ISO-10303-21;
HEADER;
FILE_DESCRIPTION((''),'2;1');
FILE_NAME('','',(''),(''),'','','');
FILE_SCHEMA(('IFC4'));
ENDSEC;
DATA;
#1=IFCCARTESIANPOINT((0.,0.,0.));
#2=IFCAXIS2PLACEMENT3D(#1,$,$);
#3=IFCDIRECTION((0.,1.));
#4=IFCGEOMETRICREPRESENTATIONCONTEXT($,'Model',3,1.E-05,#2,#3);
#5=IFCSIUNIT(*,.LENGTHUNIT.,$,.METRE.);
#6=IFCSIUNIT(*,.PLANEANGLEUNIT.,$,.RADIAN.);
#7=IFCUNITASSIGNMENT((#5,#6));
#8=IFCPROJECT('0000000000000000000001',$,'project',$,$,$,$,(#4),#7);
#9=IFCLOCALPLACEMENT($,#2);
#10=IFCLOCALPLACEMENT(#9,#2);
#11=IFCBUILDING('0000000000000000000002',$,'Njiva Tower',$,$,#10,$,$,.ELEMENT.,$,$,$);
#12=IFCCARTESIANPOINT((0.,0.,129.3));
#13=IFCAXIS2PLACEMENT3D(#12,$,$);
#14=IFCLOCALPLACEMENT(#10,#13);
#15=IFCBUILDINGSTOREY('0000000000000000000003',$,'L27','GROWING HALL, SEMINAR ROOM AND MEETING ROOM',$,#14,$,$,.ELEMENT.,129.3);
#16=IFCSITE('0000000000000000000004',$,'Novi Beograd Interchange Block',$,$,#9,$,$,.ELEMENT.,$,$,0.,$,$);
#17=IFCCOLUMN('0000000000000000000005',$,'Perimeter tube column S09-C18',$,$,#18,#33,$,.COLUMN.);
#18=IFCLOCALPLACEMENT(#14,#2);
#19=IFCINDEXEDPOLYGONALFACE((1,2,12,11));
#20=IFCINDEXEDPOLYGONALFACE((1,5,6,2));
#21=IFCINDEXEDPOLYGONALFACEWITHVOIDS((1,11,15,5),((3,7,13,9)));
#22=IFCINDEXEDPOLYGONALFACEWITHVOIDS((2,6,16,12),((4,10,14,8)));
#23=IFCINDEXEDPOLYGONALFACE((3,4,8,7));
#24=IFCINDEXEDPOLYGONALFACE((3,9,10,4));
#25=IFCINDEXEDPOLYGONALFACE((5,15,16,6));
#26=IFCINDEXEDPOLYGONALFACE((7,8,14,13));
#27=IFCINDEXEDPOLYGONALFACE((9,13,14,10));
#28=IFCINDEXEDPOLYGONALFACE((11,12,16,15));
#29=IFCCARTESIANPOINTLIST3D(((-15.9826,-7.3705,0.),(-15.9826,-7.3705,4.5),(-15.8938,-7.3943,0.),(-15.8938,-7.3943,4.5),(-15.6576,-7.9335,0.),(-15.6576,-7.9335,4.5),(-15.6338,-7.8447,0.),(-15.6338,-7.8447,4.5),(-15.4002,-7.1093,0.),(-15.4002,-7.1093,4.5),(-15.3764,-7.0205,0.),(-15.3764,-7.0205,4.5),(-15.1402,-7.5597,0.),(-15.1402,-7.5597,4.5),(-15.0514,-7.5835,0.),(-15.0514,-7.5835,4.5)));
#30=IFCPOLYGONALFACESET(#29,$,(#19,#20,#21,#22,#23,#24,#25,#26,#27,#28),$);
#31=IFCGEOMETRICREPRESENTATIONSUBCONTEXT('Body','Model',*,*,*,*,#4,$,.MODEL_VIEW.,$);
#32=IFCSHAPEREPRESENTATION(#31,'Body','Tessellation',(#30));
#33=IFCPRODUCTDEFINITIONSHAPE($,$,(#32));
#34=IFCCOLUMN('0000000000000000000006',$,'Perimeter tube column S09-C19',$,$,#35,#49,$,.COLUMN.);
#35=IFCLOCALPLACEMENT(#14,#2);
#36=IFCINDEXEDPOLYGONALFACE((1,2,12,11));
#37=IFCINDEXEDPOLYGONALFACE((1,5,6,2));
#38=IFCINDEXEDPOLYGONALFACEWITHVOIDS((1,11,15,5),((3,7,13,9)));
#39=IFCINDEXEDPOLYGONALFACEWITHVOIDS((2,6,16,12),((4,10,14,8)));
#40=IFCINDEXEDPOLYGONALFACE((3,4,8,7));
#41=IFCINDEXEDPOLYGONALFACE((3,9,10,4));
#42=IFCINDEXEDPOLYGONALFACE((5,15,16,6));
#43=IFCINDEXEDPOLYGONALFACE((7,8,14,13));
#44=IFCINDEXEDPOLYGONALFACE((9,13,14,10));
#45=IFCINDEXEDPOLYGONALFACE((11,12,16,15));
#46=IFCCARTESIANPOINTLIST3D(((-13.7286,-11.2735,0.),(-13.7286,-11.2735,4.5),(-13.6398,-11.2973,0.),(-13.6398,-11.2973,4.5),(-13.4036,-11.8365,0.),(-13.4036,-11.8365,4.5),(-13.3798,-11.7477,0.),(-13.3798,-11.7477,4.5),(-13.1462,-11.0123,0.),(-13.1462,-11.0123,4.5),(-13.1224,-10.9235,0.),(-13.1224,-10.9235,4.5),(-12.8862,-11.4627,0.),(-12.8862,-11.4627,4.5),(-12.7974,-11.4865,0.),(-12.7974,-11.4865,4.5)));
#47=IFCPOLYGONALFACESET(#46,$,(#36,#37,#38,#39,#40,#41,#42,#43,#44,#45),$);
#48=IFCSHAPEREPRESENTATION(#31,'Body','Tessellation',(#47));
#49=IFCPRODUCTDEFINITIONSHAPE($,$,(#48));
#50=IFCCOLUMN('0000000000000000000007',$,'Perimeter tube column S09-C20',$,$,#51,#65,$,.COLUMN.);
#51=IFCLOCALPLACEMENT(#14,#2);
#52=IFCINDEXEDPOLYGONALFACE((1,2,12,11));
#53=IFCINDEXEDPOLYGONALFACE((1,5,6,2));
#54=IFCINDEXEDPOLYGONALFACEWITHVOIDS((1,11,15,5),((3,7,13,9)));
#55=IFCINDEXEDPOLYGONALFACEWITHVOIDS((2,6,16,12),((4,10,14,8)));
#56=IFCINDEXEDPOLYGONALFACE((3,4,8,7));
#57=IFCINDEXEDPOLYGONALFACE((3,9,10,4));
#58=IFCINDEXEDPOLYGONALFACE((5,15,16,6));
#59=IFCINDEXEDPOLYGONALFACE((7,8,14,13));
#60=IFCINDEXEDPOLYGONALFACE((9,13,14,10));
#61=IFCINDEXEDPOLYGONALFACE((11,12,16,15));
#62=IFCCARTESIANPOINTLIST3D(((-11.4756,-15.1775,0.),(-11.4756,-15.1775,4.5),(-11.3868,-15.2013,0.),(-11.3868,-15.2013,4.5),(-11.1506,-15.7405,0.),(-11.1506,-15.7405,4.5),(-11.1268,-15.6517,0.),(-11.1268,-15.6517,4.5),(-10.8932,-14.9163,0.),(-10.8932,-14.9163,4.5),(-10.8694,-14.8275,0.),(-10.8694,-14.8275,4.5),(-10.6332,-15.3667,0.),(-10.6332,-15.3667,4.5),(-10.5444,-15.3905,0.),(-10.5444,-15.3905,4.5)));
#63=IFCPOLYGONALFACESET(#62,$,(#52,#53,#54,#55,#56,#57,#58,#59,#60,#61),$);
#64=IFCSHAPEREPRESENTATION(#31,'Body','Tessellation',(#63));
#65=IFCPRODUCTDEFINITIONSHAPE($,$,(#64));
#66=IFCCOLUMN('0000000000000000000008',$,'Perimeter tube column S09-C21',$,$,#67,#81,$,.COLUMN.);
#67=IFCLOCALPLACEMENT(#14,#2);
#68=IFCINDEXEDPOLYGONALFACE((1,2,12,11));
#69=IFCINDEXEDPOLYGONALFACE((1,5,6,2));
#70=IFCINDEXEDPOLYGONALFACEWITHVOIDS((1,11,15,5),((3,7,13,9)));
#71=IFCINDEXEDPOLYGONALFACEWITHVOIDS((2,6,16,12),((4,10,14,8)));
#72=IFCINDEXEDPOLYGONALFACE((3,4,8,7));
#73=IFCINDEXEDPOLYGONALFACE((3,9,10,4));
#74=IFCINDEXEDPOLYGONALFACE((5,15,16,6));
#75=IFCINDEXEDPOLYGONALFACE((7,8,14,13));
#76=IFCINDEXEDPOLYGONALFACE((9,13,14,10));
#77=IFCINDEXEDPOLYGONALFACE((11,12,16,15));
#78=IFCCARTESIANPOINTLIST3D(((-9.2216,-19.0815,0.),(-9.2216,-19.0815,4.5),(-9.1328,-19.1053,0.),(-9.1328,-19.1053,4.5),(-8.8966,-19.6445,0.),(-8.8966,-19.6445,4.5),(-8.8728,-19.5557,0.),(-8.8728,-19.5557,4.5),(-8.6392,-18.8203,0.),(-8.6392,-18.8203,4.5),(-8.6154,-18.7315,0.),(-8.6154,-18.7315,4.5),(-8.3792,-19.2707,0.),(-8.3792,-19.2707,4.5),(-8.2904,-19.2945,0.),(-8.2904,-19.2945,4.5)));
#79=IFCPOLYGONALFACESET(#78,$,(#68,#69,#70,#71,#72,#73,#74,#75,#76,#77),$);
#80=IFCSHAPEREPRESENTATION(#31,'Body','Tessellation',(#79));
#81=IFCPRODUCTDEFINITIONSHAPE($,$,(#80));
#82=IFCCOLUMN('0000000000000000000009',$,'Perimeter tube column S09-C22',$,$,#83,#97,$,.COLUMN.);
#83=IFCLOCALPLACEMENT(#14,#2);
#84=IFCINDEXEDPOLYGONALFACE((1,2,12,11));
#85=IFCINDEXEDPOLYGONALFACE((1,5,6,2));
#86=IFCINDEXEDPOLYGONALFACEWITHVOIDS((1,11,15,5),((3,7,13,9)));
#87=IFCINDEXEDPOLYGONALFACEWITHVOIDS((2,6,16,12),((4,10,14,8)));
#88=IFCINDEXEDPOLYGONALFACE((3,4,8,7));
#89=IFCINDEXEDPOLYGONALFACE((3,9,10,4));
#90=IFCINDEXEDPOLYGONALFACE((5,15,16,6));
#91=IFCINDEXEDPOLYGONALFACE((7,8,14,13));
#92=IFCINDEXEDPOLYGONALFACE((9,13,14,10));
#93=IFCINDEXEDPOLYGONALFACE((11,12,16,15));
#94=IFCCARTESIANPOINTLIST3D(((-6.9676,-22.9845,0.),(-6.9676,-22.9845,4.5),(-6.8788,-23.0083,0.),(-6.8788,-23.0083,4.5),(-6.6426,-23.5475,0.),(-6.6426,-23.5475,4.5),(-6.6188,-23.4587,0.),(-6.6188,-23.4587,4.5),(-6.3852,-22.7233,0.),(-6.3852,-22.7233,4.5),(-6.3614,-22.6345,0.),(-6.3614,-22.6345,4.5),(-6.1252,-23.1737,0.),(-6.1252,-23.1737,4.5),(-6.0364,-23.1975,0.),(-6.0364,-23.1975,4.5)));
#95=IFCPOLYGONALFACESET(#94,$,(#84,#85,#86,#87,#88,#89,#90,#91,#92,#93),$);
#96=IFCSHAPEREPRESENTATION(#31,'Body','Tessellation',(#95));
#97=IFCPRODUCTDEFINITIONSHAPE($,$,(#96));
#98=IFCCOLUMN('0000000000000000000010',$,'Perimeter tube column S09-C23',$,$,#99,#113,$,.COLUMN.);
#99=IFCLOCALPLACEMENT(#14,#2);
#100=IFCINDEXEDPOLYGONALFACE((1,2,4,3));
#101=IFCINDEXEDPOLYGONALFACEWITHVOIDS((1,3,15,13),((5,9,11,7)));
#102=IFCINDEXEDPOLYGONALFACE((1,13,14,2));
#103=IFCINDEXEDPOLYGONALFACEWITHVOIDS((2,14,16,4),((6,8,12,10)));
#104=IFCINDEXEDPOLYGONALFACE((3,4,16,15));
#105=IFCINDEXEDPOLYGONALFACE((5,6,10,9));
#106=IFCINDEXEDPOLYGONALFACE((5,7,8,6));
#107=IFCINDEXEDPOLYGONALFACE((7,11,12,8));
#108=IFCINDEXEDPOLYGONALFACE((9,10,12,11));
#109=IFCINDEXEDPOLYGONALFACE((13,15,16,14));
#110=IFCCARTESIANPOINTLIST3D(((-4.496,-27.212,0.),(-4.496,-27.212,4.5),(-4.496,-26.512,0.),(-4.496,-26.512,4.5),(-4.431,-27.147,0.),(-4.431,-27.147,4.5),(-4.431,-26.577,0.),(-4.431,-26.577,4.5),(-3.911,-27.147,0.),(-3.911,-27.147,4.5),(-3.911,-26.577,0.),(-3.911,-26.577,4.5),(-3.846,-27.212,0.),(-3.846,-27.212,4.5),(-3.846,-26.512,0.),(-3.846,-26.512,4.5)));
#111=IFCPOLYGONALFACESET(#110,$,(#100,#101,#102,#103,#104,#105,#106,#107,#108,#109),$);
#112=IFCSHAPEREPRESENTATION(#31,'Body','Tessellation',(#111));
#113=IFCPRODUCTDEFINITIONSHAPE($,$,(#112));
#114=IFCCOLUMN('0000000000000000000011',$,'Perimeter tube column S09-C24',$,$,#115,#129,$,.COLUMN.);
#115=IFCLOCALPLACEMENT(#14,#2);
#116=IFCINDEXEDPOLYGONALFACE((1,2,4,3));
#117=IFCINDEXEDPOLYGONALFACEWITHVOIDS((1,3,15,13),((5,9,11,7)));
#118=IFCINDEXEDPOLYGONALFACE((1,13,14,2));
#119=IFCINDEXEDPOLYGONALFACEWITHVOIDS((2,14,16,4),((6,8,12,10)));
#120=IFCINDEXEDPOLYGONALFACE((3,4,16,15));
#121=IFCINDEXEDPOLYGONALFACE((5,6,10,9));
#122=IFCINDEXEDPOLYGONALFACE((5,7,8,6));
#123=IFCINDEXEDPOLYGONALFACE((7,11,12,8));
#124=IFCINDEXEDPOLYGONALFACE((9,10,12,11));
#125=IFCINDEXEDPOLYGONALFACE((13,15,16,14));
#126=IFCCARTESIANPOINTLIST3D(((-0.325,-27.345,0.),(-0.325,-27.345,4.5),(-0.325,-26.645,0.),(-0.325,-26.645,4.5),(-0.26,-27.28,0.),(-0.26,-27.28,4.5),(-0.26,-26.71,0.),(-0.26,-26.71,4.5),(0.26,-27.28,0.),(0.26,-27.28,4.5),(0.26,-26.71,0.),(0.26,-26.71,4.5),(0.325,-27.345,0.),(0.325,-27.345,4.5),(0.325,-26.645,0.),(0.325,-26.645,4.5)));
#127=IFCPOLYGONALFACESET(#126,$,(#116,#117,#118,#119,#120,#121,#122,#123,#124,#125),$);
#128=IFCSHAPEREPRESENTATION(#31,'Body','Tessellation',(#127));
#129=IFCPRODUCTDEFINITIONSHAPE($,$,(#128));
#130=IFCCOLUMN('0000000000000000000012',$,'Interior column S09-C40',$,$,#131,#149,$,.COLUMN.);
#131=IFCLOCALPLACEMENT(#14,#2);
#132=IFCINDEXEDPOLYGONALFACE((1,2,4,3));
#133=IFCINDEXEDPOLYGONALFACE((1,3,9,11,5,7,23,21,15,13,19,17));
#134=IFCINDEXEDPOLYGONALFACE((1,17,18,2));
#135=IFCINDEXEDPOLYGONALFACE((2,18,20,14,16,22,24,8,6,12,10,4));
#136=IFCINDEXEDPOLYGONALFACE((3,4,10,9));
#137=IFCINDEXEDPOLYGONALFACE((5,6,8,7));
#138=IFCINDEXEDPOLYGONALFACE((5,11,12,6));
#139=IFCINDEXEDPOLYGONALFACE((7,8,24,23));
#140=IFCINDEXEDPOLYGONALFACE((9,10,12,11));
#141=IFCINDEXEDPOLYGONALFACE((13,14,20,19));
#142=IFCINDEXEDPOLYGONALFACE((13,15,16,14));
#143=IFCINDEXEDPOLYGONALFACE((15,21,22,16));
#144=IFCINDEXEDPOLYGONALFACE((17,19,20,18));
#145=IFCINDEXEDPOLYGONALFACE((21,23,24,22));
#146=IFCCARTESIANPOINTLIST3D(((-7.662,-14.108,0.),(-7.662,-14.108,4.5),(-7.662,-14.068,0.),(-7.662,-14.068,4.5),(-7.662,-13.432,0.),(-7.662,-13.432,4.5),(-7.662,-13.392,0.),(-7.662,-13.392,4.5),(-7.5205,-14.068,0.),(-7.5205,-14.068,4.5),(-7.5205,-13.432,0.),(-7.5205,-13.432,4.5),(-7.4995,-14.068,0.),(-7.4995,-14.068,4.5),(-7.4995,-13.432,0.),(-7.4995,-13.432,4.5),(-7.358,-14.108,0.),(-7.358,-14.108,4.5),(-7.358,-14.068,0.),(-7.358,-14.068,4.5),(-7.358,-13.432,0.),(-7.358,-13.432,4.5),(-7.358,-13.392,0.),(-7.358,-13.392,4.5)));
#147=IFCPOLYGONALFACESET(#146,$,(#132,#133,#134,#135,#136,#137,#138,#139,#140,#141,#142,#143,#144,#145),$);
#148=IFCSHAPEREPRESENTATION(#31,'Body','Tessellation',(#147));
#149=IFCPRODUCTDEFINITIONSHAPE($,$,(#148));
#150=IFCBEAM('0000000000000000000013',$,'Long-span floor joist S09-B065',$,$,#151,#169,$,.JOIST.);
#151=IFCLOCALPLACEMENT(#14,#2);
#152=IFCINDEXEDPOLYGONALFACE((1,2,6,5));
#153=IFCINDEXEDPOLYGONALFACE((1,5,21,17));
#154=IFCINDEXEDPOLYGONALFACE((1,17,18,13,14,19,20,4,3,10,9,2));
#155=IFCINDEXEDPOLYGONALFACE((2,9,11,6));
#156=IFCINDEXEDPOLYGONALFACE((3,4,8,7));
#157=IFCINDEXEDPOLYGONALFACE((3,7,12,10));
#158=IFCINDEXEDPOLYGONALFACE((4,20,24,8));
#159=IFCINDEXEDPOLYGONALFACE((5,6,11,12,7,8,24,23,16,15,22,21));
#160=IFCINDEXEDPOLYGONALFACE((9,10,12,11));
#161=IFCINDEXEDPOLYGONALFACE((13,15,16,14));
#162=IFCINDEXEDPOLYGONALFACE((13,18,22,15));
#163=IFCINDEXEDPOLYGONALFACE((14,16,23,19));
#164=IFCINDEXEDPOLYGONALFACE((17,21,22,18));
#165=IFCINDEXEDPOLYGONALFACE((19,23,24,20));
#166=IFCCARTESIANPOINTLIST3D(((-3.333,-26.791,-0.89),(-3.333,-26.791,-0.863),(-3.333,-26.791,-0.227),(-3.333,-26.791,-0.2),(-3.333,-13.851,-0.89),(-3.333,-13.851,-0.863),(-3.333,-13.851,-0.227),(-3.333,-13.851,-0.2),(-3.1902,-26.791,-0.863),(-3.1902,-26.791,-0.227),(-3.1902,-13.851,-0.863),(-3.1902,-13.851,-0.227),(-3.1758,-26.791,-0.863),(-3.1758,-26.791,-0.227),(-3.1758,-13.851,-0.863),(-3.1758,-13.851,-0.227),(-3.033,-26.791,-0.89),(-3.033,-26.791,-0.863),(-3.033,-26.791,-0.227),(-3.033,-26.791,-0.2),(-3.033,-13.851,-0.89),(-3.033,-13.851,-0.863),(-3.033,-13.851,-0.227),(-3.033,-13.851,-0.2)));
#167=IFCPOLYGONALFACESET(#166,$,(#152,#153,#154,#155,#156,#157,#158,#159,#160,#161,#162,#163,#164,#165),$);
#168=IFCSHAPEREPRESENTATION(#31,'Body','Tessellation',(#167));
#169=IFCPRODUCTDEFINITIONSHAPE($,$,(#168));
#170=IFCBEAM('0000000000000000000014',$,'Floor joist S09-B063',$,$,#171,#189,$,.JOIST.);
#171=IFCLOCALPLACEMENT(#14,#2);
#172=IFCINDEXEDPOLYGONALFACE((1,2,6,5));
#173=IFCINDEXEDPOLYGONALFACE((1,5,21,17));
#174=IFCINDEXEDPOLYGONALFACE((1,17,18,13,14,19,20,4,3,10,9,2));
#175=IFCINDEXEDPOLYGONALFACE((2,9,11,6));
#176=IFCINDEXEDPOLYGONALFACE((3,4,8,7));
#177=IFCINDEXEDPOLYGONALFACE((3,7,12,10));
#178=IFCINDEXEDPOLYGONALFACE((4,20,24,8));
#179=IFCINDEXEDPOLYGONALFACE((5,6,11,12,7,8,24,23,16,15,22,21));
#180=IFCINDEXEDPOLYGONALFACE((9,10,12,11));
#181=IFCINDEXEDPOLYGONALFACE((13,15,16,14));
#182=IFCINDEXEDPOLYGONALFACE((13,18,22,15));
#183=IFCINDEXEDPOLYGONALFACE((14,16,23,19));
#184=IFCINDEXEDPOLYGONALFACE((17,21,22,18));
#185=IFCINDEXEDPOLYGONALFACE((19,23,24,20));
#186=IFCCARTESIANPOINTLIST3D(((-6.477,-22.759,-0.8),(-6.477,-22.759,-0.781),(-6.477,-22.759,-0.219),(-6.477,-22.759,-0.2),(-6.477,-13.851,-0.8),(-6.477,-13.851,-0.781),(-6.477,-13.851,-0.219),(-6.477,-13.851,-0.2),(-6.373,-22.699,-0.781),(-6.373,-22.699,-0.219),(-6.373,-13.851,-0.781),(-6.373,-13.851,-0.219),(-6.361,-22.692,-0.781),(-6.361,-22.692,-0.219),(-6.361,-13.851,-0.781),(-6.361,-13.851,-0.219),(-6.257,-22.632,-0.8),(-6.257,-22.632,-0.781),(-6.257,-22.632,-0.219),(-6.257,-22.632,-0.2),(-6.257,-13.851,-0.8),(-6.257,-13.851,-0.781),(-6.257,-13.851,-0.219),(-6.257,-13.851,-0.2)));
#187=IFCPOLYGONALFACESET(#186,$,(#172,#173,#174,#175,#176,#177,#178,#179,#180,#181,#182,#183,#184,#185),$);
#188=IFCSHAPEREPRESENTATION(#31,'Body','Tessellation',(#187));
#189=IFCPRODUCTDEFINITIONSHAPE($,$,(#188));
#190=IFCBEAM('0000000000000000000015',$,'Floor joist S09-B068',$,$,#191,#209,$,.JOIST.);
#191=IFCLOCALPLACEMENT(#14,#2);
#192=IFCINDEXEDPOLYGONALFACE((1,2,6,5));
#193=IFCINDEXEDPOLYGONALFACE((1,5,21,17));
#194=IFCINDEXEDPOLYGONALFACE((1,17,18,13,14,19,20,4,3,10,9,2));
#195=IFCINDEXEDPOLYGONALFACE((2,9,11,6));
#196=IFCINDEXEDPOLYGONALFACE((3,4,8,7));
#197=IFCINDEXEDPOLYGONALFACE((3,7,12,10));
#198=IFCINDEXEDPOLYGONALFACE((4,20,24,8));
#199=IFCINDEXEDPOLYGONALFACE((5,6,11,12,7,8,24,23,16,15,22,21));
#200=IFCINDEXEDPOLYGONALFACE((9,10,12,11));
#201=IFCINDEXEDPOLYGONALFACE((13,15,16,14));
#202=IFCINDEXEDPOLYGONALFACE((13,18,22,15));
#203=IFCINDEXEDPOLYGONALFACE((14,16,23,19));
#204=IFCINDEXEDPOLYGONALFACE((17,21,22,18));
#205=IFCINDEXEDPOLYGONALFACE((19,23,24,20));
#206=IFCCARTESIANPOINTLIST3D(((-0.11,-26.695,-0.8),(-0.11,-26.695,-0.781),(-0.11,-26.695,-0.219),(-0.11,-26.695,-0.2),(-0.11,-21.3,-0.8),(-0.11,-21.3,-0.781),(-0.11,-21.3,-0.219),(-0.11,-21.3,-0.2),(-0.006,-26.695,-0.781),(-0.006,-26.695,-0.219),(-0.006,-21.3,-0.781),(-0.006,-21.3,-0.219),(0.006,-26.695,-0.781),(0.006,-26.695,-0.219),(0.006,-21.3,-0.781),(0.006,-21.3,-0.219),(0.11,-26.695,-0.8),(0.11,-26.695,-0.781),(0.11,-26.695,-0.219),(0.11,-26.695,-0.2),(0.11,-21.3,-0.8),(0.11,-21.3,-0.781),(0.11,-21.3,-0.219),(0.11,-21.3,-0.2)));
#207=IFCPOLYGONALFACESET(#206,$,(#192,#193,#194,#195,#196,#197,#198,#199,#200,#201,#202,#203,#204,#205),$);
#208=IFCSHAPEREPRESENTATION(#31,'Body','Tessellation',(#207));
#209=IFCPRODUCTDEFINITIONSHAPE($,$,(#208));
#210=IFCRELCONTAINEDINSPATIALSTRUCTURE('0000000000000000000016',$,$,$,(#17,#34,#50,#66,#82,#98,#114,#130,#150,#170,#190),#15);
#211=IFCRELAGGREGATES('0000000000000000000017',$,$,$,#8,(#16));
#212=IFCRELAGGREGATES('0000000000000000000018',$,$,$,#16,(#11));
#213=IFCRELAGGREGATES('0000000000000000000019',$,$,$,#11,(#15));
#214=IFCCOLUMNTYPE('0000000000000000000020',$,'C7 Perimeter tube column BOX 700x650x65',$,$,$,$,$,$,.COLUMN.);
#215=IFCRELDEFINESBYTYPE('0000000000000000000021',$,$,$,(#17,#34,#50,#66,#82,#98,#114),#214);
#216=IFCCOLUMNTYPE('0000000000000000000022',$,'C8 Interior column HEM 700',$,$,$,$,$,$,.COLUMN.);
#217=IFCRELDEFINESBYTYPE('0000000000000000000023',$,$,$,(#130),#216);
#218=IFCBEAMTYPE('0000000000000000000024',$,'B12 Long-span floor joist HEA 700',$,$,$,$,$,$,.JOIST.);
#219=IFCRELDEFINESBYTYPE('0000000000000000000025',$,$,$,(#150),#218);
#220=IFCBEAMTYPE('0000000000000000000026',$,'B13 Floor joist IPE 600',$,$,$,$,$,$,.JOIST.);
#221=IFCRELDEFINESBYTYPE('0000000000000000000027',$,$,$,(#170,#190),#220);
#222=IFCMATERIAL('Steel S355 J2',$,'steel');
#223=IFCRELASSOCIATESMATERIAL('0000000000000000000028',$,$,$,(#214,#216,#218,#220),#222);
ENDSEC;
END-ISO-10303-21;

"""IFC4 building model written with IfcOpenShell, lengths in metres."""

from ifc_helpers import new_model, si_unit, direction, frame, origin, origin_2d, place, context, subcontext, project, spatial, hollow_rectangle, i_section, extrude, clip, halfspace, material, material_profile, profile_set, type_object, element, save


model = new_model("IFC4")

# Units and contexts
model_context = context("Model", 3, precision=1e-05, world=origin(), true_north=direction((0.0, 1.0)))
body_context = subcontext(model_context, "Body", "Model", "MODEL_VIEW")
ifc_project = project(units=[si_unit("LENGTHUNIT", "METRE"), si_unit("PLANEANGLEUNIT", "RADIAN")], contexts=[model_context])

# Site, building, storey
site_placement = place(None, origin())
site = spatial("IfcSite", under=ifc_project, at=site_placement, Name="Novi Beograd Interchange Block", CompositionType="ELEMENT", RefElevation=0.0)
building_placement = place(site_placement, origin())
building = spatial("IfcBuilding", under=site, at=building_placement, Name="Njiva Tower", CompositionType="ELEMENT")
storey_placement = place(building_placement, frame((0.0, 0.0, 129.3)))
storey = spatial("IfcBuildingStorey", under=building, at=storey_placement, Name="L27", Description="GROWING HALL, SEMINAR ROOM AND MEETING ROOM", CompositionType="ELEMENT", Elevation=129.3)

# Columns
ifc_material_1 = material(Name="Steel S355 J2", Category="steel")
ifc_material_profile_1 = material_profile(ifc_material_1, hollow_rectangle(XDim=0.65, YDim=0.7, WallThickness=0.065, at=origin_2d()), Name="BOX 700x650x65")
ifc_profile_set_1 = profile_set([ifc_material_profile_1], Name="Steel S355 J2")
column_type_1 = type_object("IfcColumnType", Name="C7 Perimeter tube column BOX 700x650x65", PredefinedType="COLUMN", material=ifc_profile_set_1)
for number, where, z_axis, x_axis, name in (
    (1, (-15.517, -7.477, 0.0), (0.0, 0.0, 1.0), (0.5, -0.866025, 0.0), "Perimeter tube column S09-C18"),
    (2, (-13.263, -11.38, 0.0), (0.0, 0.0, 1.0), (0.5, -0.866025, 0.0), "Perimeter tube column S09-C19"),
    (3, (-11.01, -15.284, 0.0), (0.0, 0.0, 1.0), (0.5, -0.866025, 0.0), "Perimeter tube column S09-C20"),
    (4, (-8.756, -19.188, 0.0), (0.0, 0.0, 1.0), (0.5, -0.866025, 0.0), "Perimeter tube column S09-C21"),
    (5, (-6.502, -23.091, 0.0), (0.0, 0.0, 1.0), (0.5, -0.866025, 0.0), "Perimeter tube column S09-C22"),
    (6, (-4.171, -26.862, 0.0), (0.0, 0.0, 1.0), (1.0, 0.0, 0.0), "Perimeter tube column S09-C23"),
    (7, (0.0, -26.995, 0.0), (0.0, 0.0, 1.0), (1.0, 0.0, 0.0), "Perimeter tube column S09-C24"),
):
    element("IfcColumn", number, at=place(storey_placement, frame(where, z_axis=z_axis, x_axis=x_axis)), inside=storey, type_object=column_type_1, Name=name, PredefinedType="COLUMN", context=body_context, shape_type="SweptSolid", body=[
        extrude(hollow_rectangle(XDim=0.65, YDim=0.7, WallThickness=0.065, at=origin_2d()), origin(), (0.0, 0.0, 1.0), 4.5),
    ])
ifc_material_profile_2 = material_profile(ifc_material_1, i_section(OverallWidth=0.304, OverallDepth=0.716, WebThickness=0.021, FlangeThickness=0.04, at=origin_2d()), Name="HEM 700")
ifc_profile_set_2 = profile_set([ifc_material_profile_2], Name="Steel S355 J2")
column_type_2 = type_object("IfcColumnType", Name="C8 Interior column HEM 700", PredefinedType="COLUMN", material=ifc_profile_set_2)
column_placement = place(storey_placement, frame((-7.51, -13.75, 0.0), z_axis=(0.0, 0.0, 1.0), x_axis=(1.0, 0.0, 0.0)))
element("IfcColumn", 8, at=column_placement, inside=storey, type_object=column_type_2, Name="Interior column S09-C40", PredefinedType="COLUMN", context=body_context, shape_type="SweptSolid", body=[
    extrude(i_section(OverallWidth=0.304, OverallDepth=0.716, WebThickness=0.021, FlangeThickness=0.04, at=origin_2d()), origin(), (0.0, 0.0, 1.0), 4.5),
])

# Beams
ifc_material_profile_3 = material_profile(ifc_material_1, i_section(OverallWidth=0.3, OverallDepth=0.69, WebThickness=0.0145, FlangeThickness=0.027, at=origin_2d()), Name="HEA 700")
ifc_profile_set_3 = profile_set([ifc_material_profile_3], Name="Steel S355 J2")
beam_type_1 = type_object("IfcBeamType", Name="B12 Long-span floor joist HEA 700", PredefinedType="JOIST", material=ifc_profile_set_3)
beam_1_placement = place(storey_placement, frame((-3.183, -13.851, -0.545), z_axis=(0.0, -1.0, 0.0), x_axis=(1.0, 0.0, 0.0)))
element("IfcBeam", 9, at=beam_1_placement, inside=storey, type_object=beam_type_1, Name="Long-span floor joist S09-B065", PredefinedType="JOIST", context=body_context, shape_type="SweptSolid", body=[
    extrude(i_section(OverallWidth=0.3, OverallDepth=0.69, WebThickness=0.0145, FlangeThickness=0.027, at=origin_2d()), origin(), (0.0, 0.0, 1.0), 12.94),
])
ifc_material_profile_4 = material_profile(ifc_material_1, i_section(OverallWidth=0.22, OverallDepth=0.6, WebThickness=0.012, FlangeThickness=0.019, at=origin_2d()), Name="IPE 600")
ifc_profile_set_4 = profile_set([ifc_material_profile_4], Name="Steel S355 J2")
beam_type_2 = type_object("IfcBeamType", Name="B13 Floor joist IPE 600", PredefinedType="JOIST", material=ifc_profile_set_4)
beam_2_placement = place(storey_placement, frame((-6.367, -13.851, -0.5), z_axis=(0.0, -1.0, 0.0), x_axis=(1.0, 0.0, 0.0)))
element("IfcBeam", 10, at=beam_2_placement, inside=storey, type_object=beam_type_2, Name="Floor joist S09-B063", PredefinedType="JOIST", context=body_context, shape_type="Clipping", body=[
    clip(extrude(i_section(OverallWidth=0.22, OverallDepth=0.6, WebThickness=0.012, FlangeThickness=0.019, at=origin_2d()), origin(), (0.0, 0.0, 1.0), 8.928), halfspace(frame((0.0253, 0.0, 8.8299), z_axis=(0.499998, 0.0, 0.866027), x_axis=(0.0, 1.0, 0.0)), False)),
])
beam_3_placement = place(storey_placement, frame((0.0, -21.3, -0.5), z_axis=(0.0, -1.0, 0.0), x_axis=(1.0, 0.0, 0.0)))
element("IfcBeam", 11, at=beam_3_placement, inside=storey, type_object=beam_type_2, Name="Floor joist S09-B068", PredefinedType="JOIST", context=body_context, shape_type="SweptSolid", body=[
    extrude(i_section(OverallWidth=0.22, OverallDepth=0.6, WebThickness=0.012, FlangeThickness=0.019, at=origin_2d()), origin(), (0.0, 0.0, 1.0), 5.395),
])

save(model, "model.ifc")
